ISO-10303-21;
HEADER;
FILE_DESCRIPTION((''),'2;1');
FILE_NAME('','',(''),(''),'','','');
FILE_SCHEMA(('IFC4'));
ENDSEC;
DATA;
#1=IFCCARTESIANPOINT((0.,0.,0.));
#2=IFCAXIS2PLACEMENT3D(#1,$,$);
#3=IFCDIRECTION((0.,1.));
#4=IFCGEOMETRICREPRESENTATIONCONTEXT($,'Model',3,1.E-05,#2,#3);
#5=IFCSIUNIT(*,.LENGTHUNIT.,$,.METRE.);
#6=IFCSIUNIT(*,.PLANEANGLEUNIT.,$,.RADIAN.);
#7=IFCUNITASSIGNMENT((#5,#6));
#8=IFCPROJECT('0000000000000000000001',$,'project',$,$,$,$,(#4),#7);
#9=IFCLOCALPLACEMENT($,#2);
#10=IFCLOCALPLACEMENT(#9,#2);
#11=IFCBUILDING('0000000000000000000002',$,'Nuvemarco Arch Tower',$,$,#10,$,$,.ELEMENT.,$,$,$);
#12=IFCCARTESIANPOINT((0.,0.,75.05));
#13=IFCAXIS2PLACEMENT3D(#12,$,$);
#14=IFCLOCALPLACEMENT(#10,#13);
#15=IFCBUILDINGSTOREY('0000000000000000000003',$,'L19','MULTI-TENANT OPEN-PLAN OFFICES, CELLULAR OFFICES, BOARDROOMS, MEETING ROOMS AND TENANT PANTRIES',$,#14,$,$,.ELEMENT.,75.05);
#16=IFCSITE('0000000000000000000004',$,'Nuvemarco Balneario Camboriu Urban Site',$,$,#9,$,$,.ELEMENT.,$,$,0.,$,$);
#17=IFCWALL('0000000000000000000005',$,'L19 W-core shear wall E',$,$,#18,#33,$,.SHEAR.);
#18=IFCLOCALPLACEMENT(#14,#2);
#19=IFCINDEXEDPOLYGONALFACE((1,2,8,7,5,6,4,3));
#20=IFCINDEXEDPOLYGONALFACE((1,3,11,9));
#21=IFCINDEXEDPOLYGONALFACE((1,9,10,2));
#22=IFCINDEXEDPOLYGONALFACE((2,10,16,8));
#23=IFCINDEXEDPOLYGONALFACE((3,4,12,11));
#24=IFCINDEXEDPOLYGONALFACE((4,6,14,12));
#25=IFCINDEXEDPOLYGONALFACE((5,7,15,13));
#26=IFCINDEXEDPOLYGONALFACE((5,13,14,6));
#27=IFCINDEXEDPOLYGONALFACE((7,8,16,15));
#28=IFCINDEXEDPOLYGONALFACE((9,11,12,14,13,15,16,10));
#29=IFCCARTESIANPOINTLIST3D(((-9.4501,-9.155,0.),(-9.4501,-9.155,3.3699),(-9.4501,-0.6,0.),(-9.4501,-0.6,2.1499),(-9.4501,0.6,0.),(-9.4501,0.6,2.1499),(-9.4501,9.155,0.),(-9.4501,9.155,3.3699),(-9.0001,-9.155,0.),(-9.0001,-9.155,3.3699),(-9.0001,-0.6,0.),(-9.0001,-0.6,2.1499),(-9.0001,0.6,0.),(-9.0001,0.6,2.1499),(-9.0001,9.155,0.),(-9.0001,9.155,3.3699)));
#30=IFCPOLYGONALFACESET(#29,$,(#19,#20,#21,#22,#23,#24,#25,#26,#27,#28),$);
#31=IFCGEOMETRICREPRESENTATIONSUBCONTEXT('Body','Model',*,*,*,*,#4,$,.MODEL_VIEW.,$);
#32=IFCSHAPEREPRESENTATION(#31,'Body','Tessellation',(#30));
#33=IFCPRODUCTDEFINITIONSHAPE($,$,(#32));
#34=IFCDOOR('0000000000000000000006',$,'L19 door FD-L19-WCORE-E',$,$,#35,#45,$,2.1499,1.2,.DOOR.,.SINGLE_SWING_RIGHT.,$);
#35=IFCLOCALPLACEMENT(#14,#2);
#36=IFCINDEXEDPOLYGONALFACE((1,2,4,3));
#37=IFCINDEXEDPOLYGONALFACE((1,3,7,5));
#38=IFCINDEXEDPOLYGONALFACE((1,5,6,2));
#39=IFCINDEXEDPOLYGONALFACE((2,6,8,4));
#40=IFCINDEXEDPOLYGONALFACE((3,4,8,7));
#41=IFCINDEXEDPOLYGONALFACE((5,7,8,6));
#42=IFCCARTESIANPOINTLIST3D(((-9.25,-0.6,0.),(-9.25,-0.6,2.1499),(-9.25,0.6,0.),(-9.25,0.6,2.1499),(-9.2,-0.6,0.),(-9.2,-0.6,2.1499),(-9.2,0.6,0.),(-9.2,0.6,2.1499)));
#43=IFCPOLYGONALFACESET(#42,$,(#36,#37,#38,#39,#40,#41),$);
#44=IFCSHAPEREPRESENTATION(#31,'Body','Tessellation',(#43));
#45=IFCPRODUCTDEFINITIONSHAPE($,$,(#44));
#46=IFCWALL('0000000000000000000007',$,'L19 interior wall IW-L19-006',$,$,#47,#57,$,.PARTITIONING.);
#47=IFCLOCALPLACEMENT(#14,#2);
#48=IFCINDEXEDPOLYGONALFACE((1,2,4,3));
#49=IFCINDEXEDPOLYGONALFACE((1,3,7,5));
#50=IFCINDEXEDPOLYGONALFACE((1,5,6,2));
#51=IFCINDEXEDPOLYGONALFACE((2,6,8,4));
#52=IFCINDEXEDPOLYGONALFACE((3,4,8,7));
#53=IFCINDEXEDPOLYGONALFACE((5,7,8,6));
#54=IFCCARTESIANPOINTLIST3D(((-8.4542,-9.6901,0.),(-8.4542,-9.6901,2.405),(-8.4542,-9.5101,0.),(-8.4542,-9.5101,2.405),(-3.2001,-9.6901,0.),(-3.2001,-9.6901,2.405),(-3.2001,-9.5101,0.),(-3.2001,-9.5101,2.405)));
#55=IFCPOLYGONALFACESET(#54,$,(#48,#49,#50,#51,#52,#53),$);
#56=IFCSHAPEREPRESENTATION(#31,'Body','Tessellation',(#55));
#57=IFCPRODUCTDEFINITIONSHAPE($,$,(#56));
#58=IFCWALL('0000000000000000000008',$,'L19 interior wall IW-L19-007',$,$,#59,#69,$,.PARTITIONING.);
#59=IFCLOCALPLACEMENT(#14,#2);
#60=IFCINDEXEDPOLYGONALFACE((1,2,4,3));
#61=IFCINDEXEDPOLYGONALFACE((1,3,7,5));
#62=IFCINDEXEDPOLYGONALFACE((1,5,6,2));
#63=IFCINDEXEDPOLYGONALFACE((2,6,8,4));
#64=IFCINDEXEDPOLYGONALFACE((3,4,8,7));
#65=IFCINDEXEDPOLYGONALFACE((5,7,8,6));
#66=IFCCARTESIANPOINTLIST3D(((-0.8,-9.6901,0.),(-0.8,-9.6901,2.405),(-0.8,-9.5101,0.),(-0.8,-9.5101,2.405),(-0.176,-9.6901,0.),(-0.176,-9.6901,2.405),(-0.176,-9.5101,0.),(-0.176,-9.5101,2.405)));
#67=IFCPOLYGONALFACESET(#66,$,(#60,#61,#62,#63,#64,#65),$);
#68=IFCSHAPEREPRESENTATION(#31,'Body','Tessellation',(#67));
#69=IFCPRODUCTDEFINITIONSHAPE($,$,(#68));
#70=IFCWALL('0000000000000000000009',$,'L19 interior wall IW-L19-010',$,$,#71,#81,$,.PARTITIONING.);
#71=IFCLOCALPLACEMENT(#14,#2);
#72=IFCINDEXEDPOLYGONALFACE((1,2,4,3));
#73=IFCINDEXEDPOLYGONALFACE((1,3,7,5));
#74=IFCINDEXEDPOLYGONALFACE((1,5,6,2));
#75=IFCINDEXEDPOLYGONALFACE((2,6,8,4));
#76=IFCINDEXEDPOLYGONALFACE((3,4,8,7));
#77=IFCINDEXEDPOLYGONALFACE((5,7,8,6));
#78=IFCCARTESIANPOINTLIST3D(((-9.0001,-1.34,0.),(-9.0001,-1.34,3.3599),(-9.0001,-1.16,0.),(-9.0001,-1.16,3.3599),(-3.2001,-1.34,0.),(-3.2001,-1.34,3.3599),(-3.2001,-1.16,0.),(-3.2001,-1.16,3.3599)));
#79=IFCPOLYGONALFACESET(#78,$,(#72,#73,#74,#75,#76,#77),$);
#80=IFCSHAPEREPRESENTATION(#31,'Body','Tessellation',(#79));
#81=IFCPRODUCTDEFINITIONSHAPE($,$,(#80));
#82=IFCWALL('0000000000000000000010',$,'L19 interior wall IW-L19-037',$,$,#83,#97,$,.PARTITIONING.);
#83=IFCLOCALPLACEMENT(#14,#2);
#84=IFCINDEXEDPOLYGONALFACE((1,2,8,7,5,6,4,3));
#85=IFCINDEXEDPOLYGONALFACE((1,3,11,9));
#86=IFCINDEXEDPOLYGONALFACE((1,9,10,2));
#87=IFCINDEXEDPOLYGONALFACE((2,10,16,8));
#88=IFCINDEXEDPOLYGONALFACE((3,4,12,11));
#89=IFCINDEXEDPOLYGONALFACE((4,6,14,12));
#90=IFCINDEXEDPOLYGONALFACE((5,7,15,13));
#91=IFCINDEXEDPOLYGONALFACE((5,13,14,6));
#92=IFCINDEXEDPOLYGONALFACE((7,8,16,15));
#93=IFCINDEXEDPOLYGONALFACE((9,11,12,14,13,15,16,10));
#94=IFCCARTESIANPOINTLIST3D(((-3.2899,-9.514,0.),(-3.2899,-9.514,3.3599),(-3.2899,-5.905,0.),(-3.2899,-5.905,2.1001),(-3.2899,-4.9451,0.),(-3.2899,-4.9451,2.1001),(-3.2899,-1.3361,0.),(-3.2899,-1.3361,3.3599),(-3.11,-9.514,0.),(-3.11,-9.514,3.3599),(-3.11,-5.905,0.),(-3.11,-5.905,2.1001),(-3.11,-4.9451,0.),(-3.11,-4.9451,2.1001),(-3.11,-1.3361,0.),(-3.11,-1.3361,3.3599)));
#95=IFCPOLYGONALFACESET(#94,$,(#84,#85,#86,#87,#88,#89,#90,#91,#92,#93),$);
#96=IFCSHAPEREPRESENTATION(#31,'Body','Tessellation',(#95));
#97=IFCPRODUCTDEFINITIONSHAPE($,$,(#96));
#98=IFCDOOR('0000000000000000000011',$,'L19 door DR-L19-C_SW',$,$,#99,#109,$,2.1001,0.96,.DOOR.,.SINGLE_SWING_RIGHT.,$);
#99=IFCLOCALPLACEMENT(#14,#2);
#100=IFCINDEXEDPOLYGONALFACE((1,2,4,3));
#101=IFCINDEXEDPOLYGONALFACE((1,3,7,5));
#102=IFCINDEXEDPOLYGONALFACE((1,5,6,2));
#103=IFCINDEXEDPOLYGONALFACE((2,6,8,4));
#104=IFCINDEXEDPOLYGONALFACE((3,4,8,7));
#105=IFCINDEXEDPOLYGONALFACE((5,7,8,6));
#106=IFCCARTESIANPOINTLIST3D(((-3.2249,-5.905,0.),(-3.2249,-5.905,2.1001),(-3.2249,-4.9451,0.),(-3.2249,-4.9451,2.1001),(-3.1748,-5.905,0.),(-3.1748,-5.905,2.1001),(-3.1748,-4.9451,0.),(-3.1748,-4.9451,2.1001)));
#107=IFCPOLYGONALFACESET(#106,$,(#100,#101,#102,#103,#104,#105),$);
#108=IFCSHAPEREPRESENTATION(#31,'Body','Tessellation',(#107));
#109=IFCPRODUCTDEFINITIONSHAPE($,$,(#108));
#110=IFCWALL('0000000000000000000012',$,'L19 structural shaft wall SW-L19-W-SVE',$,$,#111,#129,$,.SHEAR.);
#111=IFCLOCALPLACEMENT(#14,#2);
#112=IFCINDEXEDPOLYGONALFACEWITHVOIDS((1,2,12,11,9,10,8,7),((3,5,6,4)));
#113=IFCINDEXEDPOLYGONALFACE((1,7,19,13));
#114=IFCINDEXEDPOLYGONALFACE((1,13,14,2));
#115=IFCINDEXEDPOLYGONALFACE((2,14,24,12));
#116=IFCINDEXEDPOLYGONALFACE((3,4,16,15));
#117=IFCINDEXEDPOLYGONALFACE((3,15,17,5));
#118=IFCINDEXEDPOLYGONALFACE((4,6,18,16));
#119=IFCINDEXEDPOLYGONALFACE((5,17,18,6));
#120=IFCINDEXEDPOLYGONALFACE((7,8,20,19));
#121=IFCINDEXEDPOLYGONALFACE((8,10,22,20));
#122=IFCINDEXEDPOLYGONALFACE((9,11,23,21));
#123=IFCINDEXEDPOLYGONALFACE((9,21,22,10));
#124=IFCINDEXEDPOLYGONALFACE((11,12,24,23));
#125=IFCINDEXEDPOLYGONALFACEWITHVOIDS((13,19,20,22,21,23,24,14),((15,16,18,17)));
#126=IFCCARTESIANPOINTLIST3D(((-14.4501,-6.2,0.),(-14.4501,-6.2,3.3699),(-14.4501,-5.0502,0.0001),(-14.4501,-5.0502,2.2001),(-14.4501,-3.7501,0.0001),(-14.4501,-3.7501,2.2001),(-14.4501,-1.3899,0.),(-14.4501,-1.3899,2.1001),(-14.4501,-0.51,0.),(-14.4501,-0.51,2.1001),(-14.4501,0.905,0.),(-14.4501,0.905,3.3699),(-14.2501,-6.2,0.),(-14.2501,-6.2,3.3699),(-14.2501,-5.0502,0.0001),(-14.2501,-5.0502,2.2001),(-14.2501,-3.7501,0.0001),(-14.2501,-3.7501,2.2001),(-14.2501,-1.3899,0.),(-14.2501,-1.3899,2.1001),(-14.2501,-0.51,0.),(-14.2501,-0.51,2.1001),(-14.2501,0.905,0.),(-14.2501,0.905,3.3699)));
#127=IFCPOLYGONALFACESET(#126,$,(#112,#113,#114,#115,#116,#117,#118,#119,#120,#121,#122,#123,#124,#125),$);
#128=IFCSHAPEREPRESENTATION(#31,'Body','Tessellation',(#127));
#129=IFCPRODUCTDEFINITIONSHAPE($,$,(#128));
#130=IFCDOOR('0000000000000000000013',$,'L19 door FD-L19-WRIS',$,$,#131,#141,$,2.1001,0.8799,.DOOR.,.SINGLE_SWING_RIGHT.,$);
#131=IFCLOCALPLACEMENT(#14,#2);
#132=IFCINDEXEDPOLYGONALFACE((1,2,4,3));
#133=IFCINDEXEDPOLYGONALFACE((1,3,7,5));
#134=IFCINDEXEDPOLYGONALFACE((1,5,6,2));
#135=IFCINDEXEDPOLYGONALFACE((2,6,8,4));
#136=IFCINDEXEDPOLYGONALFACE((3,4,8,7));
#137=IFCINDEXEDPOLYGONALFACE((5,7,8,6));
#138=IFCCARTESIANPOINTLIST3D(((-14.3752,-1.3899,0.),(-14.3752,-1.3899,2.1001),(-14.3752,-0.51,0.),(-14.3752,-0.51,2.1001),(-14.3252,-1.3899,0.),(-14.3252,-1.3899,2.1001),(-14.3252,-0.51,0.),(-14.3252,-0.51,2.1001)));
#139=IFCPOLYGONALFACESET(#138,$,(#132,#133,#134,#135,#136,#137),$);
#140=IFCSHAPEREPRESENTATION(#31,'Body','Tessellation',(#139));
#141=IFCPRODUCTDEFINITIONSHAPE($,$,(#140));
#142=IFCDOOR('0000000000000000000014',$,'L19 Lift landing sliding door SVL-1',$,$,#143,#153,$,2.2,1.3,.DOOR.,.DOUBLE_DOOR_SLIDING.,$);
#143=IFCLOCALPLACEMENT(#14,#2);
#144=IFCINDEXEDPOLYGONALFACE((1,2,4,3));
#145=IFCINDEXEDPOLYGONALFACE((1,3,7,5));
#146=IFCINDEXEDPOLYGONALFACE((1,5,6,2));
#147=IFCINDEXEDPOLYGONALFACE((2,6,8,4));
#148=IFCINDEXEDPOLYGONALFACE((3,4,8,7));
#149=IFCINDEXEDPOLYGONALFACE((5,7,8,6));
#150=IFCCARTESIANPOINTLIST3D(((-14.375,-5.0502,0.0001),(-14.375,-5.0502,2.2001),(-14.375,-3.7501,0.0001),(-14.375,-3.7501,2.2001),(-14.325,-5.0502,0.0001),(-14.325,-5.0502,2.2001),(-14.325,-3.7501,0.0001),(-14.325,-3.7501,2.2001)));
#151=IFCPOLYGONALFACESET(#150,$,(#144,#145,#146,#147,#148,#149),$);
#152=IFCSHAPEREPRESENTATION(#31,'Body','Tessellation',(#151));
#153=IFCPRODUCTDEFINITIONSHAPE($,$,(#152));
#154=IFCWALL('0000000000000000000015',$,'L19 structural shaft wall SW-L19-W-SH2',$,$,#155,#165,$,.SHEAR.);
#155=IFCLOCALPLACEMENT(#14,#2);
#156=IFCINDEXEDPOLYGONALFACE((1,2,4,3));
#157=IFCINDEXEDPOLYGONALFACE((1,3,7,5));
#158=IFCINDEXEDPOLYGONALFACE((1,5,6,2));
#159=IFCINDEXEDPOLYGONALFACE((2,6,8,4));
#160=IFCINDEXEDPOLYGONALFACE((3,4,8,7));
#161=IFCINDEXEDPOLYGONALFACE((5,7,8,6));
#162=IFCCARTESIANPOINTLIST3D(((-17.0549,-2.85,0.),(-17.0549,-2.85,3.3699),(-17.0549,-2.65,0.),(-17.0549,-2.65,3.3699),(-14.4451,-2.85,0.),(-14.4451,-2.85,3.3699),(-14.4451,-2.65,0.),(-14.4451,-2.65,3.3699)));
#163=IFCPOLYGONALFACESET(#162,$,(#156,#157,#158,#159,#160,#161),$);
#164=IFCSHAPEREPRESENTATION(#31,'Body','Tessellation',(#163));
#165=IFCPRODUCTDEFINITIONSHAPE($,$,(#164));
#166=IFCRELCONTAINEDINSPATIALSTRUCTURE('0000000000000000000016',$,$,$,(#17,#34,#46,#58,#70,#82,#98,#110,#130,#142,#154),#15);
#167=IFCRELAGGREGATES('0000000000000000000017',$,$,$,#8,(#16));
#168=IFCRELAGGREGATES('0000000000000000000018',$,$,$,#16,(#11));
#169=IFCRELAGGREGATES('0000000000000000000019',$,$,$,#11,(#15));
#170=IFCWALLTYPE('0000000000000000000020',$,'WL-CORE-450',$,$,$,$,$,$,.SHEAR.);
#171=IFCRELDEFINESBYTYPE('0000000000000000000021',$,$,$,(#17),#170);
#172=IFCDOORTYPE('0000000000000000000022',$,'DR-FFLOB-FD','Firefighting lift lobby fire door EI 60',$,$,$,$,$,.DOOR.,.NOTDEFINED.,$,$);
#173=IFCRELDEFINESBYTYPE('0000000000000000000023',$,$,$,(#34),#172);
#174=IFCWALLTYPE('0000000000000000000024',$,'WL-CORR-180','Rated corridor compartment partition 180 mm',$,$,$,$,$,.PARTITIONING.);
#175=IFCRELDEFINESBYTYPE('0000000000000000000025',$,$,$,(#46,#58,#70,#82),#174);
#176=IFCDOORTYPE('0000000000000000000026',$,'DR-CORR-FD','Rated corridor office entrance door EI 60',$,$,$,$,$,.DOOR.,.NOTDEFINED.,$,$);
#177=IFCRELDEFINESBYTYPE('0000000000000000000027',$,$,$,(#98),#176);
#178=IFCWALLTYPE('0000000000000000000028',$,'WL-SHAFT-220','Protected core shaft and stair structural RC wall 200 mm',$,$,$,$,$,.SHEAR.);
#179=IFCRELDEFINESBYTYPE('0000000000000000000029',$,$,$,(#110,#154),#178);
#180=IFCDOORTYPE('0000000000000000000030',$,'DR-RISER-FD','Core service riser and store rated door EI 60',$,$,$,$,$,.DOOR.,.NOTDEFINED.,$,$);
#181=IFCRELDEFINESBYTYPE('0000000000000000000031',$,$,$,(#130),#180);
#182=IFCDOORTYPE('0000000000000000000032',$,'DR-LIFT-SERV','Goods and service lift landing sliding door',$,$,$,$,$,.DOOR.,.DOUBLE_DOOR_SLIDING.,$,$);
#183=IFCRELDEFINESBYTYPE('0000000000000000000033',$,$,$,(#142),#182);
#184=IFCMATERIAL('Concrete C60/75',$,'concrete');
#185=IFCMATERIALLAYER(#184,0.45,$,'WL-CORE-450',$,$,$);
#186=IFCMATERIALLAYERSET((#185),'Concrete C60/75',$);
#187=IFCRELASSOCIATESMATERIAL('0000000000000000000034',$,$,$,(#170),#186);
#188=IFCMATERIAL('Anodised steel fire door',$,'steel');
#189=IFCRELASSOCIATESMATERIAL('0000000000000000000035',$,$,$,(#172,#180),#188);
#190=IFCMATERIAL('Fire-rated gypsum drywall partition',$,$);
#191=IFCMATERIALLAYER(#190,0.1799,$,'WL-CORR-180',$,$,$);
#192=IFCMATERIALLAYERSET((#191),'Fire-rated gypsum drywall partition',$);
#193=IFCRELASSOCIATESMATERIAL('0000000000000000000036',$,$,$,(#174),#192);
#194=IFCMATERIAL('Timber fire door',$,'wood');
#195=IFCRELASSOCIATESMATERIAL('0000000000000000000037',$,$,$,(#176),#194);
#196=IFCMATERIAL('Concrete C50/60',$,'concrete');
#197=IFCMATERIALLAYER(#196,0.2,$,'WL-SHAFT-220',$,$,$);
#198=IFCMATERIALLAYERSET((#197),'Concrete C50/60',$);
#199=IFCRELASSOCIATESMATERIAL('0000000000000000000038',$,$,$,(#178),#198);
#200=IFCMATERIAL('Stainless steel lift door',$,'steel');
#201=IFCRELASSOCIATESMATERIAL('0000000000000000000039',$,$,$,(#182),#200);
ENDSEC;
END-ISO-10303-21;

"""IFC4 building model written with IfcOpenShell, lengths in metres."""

from ifc_helpers import new_model, si_unit, direction, frame, frame_2d, origin, place, context, subcontext, project, spatial, rectangle, extrude, source, transform, mapped, material, layer, layer_set, type_object, type_shapes, element, fill, save


model = new_model("IFC4")

# Units and contexts
model_context = context("Model", 3, precision=1e-05, world=origin(), true_north=direction((0.0, 1.0)))
body_context = subcontext(model_context, "Body", "Model", "MODEL_VIEW")
ifc_project = project(units=[si_unit("LENGTHUNIT", "METRE"), si_unit("PLANEANGLEUNIT", "RADIAN")], contexts=[model_context])

# Site, building, storey
site_placement = place(None, origin())
site = spatial("IfcSite", under=ifc_project, at=site_placement, Name="Nuvemarco Balneario Camboriu Urban Site", CompositionType="ELEMENT", RefElevation=0.0)
building_placement = place(site_placement, origin())
building = spatial("IfcBuilding", under=site, at=building_placement, Name="Nuvemarco Arch Tower", CompositionType="ELEMENT")
storey_placement = place(building_placement, frame((0.0, 0.0, 75.05)))
storey = spatial("IfcBuildingStorey", under=building, at=storey_placement, Name="L19", Description="MULTI-TENANT OPEN-PLAN OFFICES, CELLULAR OFFICES, BOARDROOMS, MEETING ROOMS AND TENANT PANTRIES", CompositionType="ELEMENT", Elevation=75.05)

# Shared definitions
ifc_material_1 = material(Name="Concrete C60/75", Category="concrete")

# Wall, opening, door
ifc_layer_1 = layer(ifc_material_1, 0.45, Name="WL-CORE-450")
ifc_layer_set_1 = layer_set([ifc_layer_1], Name="Concrete C60/75")
wall_type_1 = type_object("IfcWallType", Name="WL-CORE-450", PredefinedType="SHEAR", material=ifc_layer_set_1)
wall_1_placement = place(storey_placement, frame((-9.2251, -9.155, 0.0), z_axis=(0.0, 0.0, 1.0), x_axis=(0.0, 1.0, 0.0)))
wall_1 = element("IfcWall", 1, at=wall_1_placement, inside=storey, type_object=wall_type_1, Name="L19 W-core shear wall E", PredefinedType="SHEAR", context=body_context, shape_type="SweptSolid", body=[
    extrude(rectangle(XDim=18.3101, YDim=0.45, at=frame_2d((9.155, 0.0))), origin(), (0.0, 0.0, 1.0), 3.3699),
])
opening_1_placement = place(wall_1_placement, frame((8.5549, 0.0, 0.0)))
opening_1 = element("IfcOpeningElement", 2, at=opening_1_placement, cuts=wall_1, PredefinedType="OPENING", context=body_context, shape_type="SweptSolid", body=[
    extrude(rectangle(XDim=1.2, YDim=2.1499, at=frame_2d((0.6001, 1.075))), frame((0.0, 0.2349, 0.0), z_axis=(0.0, -1.0, 0.0), x_axis=(1.0, 0.0, 0.0)), (0.0, 0.0, 1.0), 0.47),
])
ifc_material_2 = material(Name="Anodised steel fire door", Category="steel")
door_type_1 = type_object("IfcDoorType", Name="DR-FFLOB-FD", Description="Firefighting lift lobby fire door EI 60", OperationType="NOTDEFINED", PredefinedType="DOOR", material=ifc_material_2)
shared_shape_1 = source(origin(), body_context, "Body", "SweptSolid", [
    extrude(rectangle(XDim=1.2, YDim=2.1499, at=frame_2d((0.6001, 1.075))), frame((0.0, 0.0249, 0.0), z_axis=(0.0, -1.0, 0.0), x_axis=(1.0, 0.0, 0.0)), (0.0, 0.0, 1.0), 0.05),
])
type_shapes(door_type_1, [shared_shape_1])
door_1_placement = place(opening_1_placement, origin())
door_1 = element("IfcDoor", 3, at=door_1_placement, inside=storey, type_object=door_type_1, Name="L19 door FD-L19-WCORE-E", OperationType="SINGLE_SWING_RIGHT", OverallHeight=2.1499, OverallWidth=1.2, PredefinedType="DOOR", context=body_context, shape_type="MappedRepresentation", body=[
    mapped(shared_shape_1, transform((0.0, 0.0, 0.0), scale=1.0)),
])
fill(opening_1, door_1)

# Walls
ifc_material_3 = material(Name="Fire-rated gypsum drywall partition")
ifc_layer_2 = layer(ifc_material_3, 0.1799, Name="WL-CORR-180")
ifc_layer_set_2 = layer_set([ifc_layer_2], Name="Fire-rated gypsum drywall partition")
wall_type_2 = type_object("IfcWallType", Name="WL-CORR-180", Description="Rated corridor compartment partition 180 mm", PredefinedType="PARTITIONING", material=ifc_layer_set_2)
wall_2_placement = place(storey_placement, frame((-8.4541, -9.6001, 0.0), z_axis=(0.0, 0.0, 1.0), x_axis=(1.0, 0.0, 0.0)))
element("IfcWall", 4, at=wall_2_placement, inside=storey, type_object=wall_type_2, Name="L19 interior wall IW-L19-006", PredefinedType="PARTITIONING", context=body_context, shape_type="SweptSolid", body=[
    extrude(rectangle(XDim=5.2542, YDim=0.1799, at=frame_2d((2.627, 0.0))), origin(), (0.0, 0.0, 1.0), 2.405),
])
wall_3_placement = place(storey_placement, frame((-0.8, -9.6001, 0.0), z_axis=(0.0, 0.0, 1.0), x_axis=(1.0, 0.0, 0.0)))
element("IfcWall", 5, at=wall_3_placement, inside=storey, type_object=wall_type_2, Name="L19 interior wall IW-L19-007", PredefinedType="PARTITIONING", context=body_context, shape_type="SweptSolid", body=[
    extrude(rectangle(XDim=0.624, YDim=0.1799, at=frame_2d((0.312, 0.0))), origin(), (0.0, 0.0, 1.0), 2.405),
])
wall_4_placement = place(storey_placement, frame((-9.0, -1.25, 0.0), z_axis=(0.0, 0.0, 1.0), x_axis=(1.0, 0.0, 0.0)))
element("IfcWall", 6, at=wall_4_placement, inside=storey, type_object=wall_type_2, Name="L19 interior wall IW-L19-010", PredefinedType="PARTITIONING", context=body_context, shape_type="SweptSolid", body=[
    extrude(rectangle(XDim=5.8, YDim=0.1799, at=frame_2d((2.8999, 0.0))), origin(), (0.0, 0.0, 1.0), 3.3599),
])

# Wall, opening, door
wall_5_placement = place(storey_placement, frame((-3.2, -9.5139, 0.0), z_axis=(0.0, 0.0, 1.0), x_axis=(0.0, 1.0, 0.0)))
wall_5 = element("IfcWall", 7, at=wall_5_placement, inside=storey, type_object=wall_type_2, Name="L19 interior wall IW-L19-037", PredefinedType="PARTITIONING", context=body_context, shape_type="SweptSolid", body=[
    extrude(rectangle(XDim=8.178, YDim=0.1799, at=frame_2d((4.0889, 0.0))), origin(), (0.0, 0.0, 1.0), 3.3599),
])
opening_2_placement = place(wall_5_placement, frame((3.6089, 0.0, 0.0)))
opening_2 = element("IfcOpeningElement", 8, at=opening_2_placement, cuts=wall_5, PredefinedType="OPENING", context=body_context, shape_type="SweptSolid", body=[
    extrude(rectangle(XDim=0.96, YDim=2.1001, at=frame_2d((0.48, 1.05))), frame((0.0, 0.0999, 0.0), z_axis=(0.0, -1.0, 0.0), x_axis=(1.0, 0.0, 0.0)), (0.0, 0.0, 1.0), 0.2),
])
ifc_material_4 = material(Name="Timber fire door", Category="wood")
door_type_2 = type_object("IfcDoorType", Name="DR-CORR-FD", Description="Rated corridor office entrance door EI 60", OperationType="NOTDEFINED", PredefinedType="DOOR", material=ifc_material_4)
shared_shape_2 = source(origin(), body_context, "Body", "SweptSolid", [
    extrude(rectangle(XDim=0.96, YDim=2.1001, at=frame_2d((0.48, 1.05))), frame((0.0, 0.0249, 0.0), z_axis=(0.0, -1.0, 0.0), x_axis=(1.0, 0.0, 0.0)), (0.0, 0.0, 1.0), 0.05),
])
type_shapes(door_type_2, [shared_shape_2])
door_2_placement = place(opening_2_placement, origin())
door_2 = element("IfcDoor", 9, at=door_2_placement, inside=storey, type_object=door_type_2, Name="L19 door DR-L19-C_SW", OperationType="SINGLE_SWING_RIGHT", OverallHeight=2.1001, OverallWidth=0.96, PredefinedType="DOOR", context=body_context, shape_type="MappedRepresentation", body=[
    mapped(shared_shape_2, transform((0.0, 0.0, 0.0), scale=1.0)),
])
fill(opening_2, door_2)
ifc_material_5 = material(Name="Concrete C50/60", Category="concrete")
ifc_layer_3 = layer(ifc_material_5, 0.2, Name="WL-SHAFT-220")
ifc_layer_set_3 = layer_set([ifc_layer_3], Name="Concrete C50/60")
wall_type_3 = type_object("IfcWallType", Name="WL-SHAFT-220", Description="Protected core shaft and stair structural RC wall 200 mm", PredefinedType="SHEAR", material=ifc_layer_set_3)
ifc_material_6 = material(Name="Stainless steel lift door", Category="steel")

# Wall, openings, doors
wall_6_placement = place(storey_placement, frame((-14.3501, -6.2, 0.0), z_axis=(0.0, 0.0, 1.0), x_axis=(0.0, 1.0, 0.0)))
wall_6 = element("IfcWall", 10, at=wall_6_placement, inside=storey, type_object=wall_type_3, Name="L19 structural shaft wall SW-L19-W-SVE", PredefinedType="SHEAR", context=body_context, shape_type="SweptSolid", body=[
    extrude(rectangle(XDim=7.105, YDim=0.2, at=frame_2d((3.5525, 0.0))), origin(), (0.0, 0.0, 1.0), 3.3699),
])
opening_3_placement = place(wall_6_placement, frame((5.6899, 0.0, 0.0), z_axis=(0.0, 0.0, 1.0), x_axis=(-1.0, 0.0, 0.0)))
opening_3 = element("IfcOpeningElement", 11, at=opening_3_placement, cuts=wall_6, PredefinedType="OPENING", context=body_context, shape_type="SweptSolid", body=[
    extrude(rectangle(XDim=0.8799, YDim=2.1001, at=frame_2d((0.4399, 1.05))), frame((0.0, 0.1099, 0.0), z_axis=(0.0, -1.0, 0.0), x_axis=(1.0, 0.0, 0.0)), (0.0, 0.0, 1.0), 0.22),
])
opening_4_placement = place(wall_6_placement, frame((1.1499, 0.0, 0.0)))
opening_4 = element("IfcOpeningElement", 12, at=opening_4_placement, cuts=wall_6, PredefinedType="OPENING", context=body_context, shape_type="SweptSolid", body=[
    extrude(rectangle(XDim=1.3, YDim=2.2, at=frame_2d((0.6499, 1.1001))), frame((0.0, 0.1099, 0.0), z_axis=(0.0, -1.0, 0.0), x_axis=(1.0, 0.0, 0.0)), (0.0, 0.0, 1.0), 0.22),
])
door_type_3 = type_object("IfcDoorType", Name="DR-RISER-FD", Description="Core service riser and store rated door EI 60", OperationType="NOTDEFINED", PredefinedType="DOOR", material=ifc_material_2)
shared_shape_3 = source(origin(), body_context, "Body", "SweptSolid", [
    extrude(rectangle(XDim=0.8799, YDim=2.1001, at=frame_2d((0.4399, 1.05))), frame((0.0, 0.0249, 0.0), z_axis=(0.0, -1.0, 0.0), x_axis=(1.0, 0.0, 0.0)), (0.0, 0.0, 1.0), 0.05),
])
type_shapes(door_type_3, [shared_shape_3])
door_3_placement = place(opening_3_placement, origin())
door_3 = element("IfcDoor", 13, at=door_3_placement, inside=storey, type_object=door_type_3, Name="L19 door FD-L19-WRIS", OperationType="SINGLE_SWING_RIGHT", OverallHeight=2.1001, OverallWidth=0.8799, PredefinedType="DOOR", context=body_context, shape_type="MappedRepresentation", body=[
    mapped(shared_shape_3, transform((0.0, 0.0, 0.0), scale=1.0)),
])
fill(opening_3, door_3)
door_type_4 = type_object("IfcDoorType", Name="DR-LIFT-SERV", Description="Goods and service lift landing sliding door", OperationType="DOUBLE_DOOR_SLIDING", PredefinedType="DOOR", material=ifc_material_6)
shared_shape_4 = source(origin(), body_context, "Body", "SweptSolid", [
    extrude(rectangle(XDim=1.3, YDim=2.2, at=frame_2d((0.6499, 1.1001))), frame((0.0, 0.0249, 0.0), z_axis=(0.0, -1.0, 0.0), x_axis=(1.0, 0.0, 0.0)), (0.0, 0.0, 1.0), 0.05),
])
type_shapes(door_type_4, [shared_shape_4])
door_4_placement = place(opening_4_placement, origin())
door_4 = element("IfcDoor", 14, at=door_4_placement, inside=storey, type_object=door_type_4, Name="L19 Lift landing sliding door SVL-1", OperationType="DOUBLE_DOOR_SLIDING", OverallHeight=2.2, OverallWidth=1.3, PredefinedType="DOOR", context=body_context, shape_type="MappedRepresentation", body=[
    mapped(shared_shape_4, transform((0.0, 0.0, 0.0), scale=1.0)),
])
fill(opening_4, door_4)

# Wall
wall_7_placement = place(storey_placement, frame((-17.0549, -2.75, 0.0), z_axis=(0.0, 0.0, 1.0), x_axis=(1.0, 0.0, 0.0)))
element("IfcWall", 15, at=wall_7_placement, inside=storey, type_object=wall_type_3, Name="L19 structural shaft wall SW-L19-W-SH2", PredefinedType="SHEAR", context=body_context, shape_type="SweptSolid", body=[
    extrude(rectangle(XDim=2.6099, YDim=0.2, at=frame_2d((1.3049, 0.0))), origin(), (0.0, 0.0, 1.0), 3.3699),
])

save(model, "model.ifc")
